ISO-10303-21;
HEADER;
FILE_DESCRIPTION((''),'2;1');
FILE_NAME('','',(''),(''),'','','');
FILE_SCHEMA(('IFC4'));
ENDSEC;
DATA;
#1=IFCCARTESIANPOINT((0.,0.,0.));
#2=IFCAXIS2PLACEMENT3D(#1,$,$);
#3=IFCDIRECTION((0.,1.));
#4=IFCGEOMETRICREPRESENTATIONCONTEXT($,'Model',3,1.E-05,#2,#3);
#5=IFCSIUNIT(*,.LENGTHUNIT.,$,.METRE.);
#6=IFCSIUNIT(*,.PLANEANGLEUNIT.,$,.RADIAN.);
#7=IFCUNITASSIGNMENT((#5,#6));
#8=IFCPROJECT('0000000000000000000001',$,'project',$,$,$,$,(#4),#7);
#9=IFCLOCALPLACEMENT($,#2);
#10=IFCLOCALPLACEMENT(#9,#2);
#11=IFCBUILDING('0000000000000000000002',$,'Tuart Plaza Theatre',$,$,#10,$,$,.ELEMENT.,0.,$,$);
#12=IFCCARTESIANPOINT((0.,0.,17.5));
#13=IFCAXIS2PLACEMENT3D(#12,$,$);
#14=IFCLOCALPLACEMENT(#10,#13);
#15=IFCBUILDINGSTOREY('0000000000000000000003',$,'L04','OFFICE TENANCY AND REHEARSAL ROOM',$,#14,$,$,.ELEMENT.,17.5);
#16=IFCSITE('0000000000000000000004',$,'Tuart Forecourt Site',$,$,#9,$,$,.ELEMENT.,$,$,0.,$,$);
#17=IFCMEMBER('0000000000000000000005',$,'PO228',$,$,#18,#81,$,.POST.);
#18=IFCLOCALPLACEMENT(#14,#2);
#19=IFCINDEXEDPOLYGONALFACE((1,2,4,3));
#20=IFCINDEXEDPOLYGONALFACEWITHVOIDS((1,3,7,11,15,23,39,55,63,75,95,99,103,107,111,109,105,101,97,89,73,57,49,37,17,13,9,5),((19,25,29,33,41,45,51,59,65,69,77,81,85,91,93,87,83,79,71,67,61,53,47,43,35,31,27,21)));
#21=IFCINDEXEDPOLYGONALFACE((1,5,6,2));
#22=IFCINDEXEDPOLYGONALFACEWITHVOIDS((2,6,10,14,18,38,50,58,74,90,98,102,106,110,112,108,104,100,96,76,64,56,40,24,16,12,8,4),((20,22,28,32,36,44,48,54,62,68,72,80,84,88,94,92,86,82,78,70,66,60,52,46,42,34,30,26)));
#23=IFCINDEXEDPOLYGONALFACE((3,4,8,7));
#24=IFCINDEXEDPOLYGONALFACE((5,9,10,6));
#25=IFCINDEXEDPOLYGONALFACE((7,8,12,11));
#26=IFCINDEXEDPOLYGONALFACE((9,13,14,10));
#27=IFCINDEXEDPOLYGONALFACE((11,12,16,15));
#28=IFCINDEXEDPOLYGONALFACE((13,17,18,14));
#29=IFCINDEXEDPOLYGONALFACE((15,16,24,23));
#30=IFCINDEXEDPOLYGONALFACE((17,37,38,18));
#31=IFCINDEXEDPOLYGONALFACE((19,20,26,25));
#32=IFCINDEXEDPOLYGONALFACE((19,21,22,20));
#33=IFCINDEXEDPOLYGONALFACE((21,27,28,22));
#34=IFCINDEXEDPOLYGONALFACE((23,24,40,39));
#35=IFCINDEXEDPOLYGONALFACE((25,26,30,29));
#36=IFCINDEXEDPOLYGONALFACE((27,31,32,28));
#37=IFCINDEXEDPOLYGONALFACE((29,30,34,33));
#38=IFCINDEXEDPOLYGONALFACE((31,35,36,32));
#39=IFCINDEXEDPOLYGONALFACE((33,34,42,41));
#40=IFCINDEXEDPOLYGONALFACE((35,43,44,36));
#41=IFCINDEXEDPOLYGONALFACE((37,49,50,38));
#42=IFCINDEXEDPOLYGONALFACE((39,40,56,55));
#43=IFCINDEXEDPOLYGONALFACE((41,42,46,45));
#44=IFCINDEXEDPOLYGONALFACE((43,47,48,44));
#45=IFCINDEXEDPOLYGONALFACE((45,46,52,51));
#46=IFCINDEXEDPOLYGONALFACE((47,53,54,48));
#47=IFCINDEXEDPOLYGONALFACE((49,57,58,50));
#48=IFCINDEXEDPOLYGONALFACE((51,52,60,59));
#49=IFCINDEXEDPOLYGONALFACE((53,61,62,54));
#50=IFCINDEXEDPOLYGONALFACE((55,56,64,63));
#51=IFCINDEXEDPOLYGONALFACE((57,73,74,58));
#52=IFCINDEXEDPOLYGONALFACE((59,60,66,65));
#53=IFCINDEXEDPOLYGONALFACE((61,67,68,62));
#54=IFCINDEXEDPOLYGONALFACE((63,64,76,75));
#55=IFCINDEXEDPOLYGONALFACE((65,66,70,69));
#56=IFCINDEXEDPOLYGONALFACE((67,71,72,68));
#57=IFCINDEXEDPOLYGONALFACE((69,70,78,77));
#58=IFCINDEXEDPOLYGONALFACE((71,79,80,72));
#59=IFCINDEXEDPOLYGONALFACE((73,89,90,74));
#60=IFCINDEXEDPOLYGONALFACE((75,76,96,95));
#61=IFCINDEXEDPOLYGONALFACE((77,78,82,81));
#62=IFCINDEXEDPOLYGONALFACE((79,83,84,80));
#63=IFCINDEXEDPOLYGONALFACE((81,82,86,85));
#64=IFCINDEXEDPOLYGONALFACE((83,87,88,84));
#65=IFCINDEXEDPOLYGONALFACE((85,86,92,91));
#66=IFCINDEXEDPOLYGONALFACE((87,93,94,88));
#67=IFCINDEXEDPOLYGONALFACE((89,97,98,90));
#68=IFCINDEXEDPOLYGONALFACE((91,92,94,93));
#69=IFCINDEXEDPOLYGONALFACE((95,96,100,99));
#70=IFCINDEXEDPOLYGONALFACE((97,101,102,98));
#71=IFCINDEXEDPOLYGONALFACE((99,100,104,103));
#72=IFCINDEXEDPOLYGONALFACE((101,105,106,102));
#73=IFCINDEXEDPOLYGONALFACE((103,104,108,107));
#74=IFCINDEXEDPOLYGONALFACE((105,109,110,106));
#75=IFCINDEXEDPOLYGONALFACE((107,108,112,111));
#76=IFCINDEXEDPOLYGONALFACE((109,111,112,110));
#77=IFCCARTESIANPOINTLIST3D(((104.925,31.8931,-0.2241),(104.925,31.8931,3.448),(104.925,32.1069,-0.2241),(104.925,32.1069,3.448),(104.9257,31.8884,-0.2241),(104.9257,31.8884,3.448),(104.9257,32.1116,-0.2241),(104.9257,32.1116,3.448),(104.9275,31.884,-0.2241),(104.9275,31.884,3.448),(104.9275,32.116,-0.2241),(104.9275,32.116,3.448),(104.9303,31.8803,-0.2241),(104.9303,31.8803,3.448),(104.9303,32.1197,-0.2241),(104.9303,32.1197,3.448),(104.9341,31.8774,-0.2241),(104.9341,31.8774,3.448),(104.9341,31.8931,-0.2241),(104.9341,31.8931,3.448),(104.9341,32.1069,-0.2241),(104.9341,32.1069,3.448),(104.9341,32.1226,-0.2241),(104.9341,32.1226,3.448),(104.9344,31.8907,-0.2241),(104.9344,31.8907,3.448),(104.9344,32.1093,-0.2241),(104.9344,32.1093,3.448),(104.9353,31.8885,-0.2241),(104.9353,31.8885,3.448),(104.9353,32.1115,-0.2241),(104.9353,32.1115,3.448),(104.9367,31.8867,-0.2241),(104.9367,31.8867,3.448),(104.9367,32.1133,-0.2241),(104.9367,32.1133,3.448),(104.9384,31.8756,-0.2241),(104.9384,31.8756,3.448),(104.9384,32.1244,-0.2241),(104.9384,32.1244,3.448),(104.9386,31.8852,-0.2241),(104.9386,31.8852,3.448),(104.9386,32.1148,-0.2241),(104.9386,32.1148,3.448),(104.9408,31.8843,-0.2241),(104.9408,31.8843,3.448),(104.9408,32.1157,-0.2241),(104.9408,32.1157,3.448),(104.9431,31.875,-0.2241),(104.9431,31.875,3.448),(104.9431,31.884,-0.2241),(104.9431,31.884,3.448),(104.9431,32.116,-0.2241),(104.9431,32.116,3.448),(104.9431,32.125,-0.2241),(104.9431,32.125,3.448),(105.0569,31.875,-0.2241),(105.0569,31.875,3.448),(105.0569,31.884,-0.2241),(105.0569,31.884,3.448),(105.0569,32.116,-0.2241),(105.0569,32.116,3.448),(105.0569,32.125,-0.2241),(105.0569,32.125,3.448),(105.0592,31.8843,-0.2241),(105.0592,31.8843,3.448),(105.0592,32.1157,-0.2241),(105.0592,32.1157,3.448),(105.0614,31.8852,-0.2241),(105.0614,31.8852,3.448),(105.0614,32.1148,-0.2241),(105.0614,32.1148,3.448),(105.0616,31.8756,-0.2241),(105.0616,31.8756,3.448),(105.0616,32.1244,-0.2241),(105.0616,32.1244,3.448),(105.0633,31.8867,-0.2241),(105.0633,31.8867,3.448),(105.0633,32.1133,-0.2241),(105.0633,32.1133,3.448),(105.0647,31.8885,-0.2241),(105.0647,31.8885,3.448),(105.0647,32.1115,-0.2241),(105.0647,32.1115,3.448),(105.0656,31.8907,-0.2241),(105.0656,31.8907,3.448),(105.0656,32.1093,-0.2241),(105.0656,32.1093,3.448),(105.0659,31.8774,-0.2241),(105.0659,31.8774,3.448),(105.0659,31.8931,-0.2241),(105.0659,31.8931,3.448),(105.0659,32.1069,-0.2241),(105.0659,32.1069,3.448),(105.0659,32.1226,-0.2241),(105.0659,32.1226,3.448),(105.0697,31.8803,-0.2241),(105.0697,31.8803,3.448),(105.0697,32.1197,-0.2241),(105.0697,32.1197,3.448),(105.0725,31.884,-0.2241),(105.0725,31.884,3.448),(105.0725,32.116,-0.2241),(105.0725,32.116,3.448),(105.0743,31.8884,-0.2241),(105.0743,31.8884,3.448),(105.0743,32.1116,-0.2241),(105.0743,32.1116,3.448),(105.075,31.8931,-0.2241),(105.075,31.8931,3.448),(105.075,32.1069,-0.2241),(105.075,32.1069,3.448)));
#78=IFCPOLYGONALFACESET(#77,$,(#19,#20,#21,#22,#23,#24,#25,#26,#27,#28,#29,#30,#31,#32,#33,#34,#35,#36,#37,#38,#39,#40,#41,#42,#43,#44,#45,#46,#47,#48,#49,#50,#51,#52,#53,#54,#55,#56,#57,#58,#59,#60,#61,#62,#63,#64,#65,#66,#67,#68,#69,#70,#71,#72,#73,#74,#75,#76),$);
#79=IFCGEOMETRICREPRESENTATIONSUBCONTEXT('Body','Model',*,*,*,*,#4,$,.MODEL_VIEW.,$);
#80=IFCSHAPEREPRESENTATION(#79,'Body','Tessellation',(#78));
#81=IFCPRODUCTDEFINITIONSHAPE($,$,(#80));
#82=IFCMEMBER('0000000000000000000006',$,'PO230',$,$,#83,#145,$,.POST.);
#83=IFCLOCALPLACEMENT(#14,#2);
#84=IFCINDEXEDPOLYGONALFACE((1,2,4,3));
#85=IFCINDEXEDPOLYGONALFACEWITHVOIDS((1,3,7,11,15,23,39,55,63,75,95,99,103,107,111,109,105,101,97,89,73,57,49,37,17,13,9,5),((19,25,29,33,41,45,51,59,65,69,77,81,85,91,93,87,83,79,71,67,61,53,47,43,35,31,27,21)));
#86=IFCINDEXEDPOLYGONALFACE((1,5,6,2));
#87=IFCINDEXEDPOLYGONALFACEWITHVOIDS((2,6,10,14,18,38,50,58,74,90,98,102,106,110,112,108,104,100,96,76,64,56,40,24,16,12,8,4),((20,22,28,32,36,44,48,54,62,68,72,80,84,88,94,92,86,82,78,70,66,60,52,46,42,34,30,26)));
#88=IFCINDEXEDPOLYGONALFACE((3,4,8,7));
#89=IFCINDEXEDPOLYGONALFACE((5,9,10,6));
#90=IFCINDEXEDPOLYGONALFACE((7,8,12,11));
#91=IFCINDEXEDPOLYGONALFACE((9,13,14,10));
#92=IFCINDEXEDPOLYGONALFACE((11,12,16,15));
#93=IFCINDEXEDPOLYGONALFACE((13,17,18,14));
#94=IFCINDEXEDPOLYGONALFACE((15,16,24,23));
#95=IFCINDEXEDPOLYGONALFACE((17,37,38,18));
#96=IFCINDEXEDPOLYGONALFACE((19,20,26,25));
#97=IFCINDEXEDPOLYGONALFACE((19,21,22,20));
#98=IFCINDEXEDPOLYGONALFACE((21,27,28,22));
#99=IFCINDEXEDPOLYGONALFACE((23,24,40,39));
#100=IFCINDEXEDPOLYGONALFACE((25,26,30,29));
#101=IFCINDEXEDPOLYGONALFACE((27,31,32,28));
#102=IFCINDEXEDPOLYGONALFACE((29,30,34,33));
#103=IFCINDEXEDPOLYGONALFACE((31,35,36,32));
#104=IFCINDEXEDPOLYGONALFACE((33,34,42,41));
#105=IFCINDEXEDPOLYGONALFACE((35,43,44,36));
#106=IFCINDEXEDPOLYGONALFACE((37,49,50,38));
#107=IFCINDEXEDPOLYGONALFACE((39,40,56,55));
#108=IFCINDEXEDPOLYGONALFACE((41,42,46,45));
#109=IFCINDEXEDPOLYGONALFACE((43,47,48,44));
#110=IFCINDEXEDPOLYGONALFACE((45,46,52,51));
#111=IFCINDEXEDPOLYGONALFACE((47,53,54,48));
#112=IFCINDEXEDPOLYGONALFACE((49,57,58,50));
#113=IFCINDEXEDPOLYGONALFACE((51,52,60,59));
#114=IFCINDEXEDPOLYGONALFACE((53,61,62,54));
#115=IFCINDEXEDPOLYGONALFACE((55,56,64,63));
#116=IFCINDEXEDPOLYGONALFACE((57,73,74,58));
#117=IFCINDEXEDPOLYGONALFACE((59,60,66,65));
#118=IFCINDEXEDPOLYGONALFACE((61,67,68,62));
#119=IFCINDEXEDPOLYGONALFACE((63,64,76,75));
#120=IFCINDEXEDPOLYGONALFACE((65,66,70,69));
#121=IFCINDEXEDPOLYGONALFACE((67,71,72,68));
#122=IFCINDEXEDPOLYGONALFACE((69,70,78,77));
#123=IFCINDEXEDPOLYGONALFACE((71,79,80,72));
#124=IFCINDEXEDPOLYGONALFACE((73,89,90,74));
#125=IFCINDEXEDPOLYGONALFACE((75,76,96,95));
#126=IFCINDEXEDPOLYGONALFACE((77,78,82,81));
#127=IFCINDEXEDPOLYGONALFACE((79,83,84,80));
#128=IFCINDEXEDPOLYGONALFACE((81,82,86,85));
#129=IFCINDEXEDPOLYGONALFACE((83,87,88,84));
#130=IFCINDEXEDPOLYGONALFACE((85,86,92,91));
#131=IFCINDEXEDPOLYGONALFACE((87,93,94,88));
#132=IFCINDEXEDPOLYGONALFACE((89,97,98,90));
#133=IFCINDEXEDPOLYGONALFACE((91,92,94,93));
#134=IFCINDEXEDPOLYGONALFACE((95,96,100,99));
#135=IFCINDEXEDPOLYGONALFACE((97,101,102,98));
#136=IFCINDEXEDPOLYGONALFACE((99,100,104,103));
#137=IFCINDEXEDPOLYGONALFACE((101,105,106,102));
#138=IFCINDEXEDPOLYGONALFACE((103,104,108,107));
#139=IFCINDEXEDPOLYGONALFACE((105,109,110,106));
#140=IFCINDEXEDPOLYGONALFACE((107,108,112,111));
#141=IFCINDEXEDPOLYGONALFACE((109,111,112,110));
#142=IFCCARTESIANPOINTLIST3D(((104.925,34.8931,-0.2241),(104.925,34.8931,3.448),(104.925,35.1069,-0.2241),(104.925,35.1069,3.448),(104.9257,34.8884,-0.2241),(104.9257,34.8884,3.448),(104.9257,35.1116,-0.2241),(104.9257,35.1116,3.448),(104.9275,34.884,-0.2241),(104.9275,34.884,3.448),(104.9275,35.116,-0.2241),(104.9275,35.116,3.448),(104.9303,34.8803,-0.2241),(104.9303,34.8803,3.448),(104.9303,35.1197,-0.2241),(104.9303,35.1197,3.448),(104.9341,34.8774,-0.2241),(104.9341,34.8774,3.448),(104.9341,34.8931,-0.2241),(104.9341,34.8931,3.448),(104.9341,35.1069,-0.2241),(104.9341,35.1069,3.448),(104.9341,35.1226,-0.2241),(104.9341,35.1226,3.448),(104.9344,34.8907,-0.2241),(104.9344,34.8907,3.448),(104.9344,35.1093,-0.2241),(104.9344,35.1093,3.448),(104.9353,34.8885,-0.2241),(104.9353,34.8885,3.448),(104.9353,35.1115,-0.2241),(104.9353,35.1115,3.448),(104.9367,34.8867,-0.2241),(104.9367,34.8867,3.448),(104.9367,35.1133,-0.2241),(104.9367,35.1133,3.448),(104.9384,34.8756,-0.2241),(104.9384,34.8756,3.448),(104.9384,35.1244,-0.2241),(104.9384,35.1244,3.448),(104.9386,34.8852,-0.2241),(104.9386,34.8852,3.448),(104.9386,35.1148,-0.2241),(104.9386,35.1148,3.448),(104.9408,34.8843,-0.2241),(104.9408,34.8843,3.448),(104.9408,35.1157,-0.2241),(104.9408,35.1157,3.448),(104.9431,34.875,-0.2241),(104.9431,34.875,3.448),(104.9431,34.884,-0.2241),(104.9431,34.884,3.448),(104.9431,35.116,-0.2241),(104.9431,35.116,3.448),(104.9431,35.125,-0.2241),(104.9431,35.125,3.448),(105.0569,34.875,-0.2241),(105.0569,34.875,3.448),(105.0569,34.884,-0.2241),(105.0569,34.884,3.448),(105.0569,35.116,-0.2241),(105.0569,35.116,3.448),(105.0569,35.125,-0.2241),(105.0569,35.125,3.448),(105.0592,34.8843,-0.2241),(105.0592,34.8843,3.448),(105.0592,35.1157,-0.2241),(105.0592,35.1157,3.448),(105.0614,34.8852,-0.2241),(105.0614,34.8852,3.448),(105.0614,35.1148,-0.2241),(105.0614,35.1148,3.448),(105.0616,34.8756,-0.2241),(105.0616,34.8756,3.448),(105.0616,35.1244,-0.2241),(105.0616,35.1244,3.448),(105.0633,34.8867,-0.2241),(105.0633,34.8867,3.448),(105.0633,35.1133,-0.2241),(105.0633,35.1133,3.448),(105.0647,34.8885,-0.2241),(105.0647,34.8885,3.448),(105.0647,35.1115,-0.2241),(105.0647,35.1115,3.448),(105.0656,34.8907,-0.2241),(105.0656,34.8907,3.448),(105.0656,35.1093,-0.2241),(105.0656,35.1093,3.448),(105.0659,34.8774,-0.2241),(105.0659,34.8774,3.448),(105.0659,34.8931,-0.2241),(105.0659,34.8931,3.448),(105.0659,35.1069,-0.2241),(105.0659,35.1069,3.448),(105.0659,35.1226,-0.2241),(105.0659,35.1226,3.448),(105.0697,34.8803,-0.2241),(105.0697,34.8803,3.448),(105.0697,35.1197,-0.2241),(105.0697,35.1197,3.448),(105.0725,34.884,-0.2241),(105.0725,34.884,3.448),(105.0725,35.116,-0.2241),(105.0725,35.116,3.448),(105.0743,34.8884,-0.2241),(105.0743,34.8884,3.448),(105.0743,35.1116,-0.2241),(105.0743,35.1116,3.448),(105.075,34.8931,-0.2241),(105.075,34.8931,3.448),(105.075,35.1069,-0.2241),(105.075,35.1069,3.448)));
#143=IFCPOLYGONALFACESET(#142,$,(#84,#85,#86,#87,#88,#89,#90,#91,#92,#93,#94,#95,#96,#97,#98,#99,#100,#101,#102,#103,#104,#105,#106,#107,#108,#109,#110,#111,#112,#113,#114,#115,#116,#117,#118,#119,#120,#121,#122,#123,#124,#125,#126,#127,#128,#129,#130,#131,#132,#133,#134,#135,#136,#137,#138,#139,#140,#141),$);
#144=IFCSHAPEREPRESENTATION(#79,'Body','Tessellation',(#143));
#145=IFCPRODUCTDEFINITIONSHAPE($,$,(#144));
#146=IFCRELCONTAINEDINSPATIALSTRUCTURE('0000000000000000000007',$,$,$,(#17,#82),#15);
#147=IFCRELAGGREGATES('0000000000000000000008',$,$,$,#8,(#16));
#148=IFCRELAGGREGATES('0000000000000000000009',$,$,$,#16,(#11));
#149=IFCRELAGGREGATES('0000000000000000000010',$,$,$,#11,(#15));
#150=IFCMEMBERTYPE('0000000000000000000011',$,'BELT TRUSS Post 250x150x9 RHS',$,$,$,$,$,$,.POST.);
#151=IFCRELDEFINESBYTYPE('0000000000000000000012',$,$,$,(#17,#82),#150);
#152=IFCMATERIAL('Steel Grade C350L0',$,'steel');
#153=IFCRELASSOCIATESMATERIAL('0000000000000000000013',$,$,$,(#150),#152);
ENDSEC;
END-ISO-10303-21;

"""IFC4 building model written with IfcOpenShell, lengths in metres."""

from ifc_helpers import new_model, si_unit, direction, frame, origin, origin_2d, place, context, subcontext, project, spatial, hollow_rectangle, extrude, material, material_profile, profile_set, type_object, element, save


model = new_model("IFC4")

# Units and contexts
model_context = context("Model", 3, precision=1e-05, world=origin(), true_north=direction((0.0, 1.0)))
body_context = subcontext(model_context, "Body", "Model", "MODEL_VIEW")
ifc_project = project(units=[si_unit("LENGTHUNIT", "METRE"), si_unit("PLANEANGLEUNIT", "RADIAN")], contexts=[model_context])

# Site, building, storey
site_placement = place(None, origin())
site = spatial("IfcSite", under=ifc_project, at=site_placement, Name="Tuart Forecourt Site", CompositionType="ELEMENT", RefElevation=0.0)
building_placement = place(site_placement, origin())
building = spatial("IfcBuilding", under=site, at=building_placement, Name="Tuart Plaza Theatre", CompositionType="ELEMENT", ElevationOfRefHeight=0.0)
storey_placement = place(building_placement, frame((0.0, 0.0, 17.5)))
storey = spatial("IfcBuildingStorey", under=building, at=storey_placement, Name="L04", Description="OFFICE TENANCY AND REHEARSAL ROOM", CompositionType="ELEMENT", Elevation=17.5)

# Members
ifc_material_1 = material(Name="Steel Grade C350L0", Category="steel")
ifc_material_profile_1 = material_profile(ifc_material_1, hollow_rectangle(XDim=0.1499, YDim=0.25, WallThickness=0.009, InnerFilletRadius=0.009, OuterFilletRadius=0.0181, at=origin_2d()), Name="250x150x9 RHS")
ifc_profile_set_1 = profile_set([ifc_material_profile_1], Name="Steel Grade C350L0")
member_type_1 = type_object("IfcMemberType", Name="BELT TRUSS Post 250x150x9 RHS", PredefinedType="POST", material=ifc_profile_set_1)
for number, where, z_axis, x_axis, name in (
    (1, (105.0, 32.0, -0.2241), (0.0, 0.0, 1.0), (1.0, 0.0, 0.0), "PO228"),
    (2, (105.0, 35.0, -0.2241), (0.0, 0.0, 1.0), (1.0, 0.0, 0.0), "PO230"),
):
    element("IfcMember", number, at=place(storey_placement, frame(where, z_axis=z_axis, x_axis=x_axis)), inside=storey, type_object=member_type_1, Name=name, PredefinedType="POST", context=body_context, shape_type="SweptSolid", body=[
        extrude(hollow_rectangle(XDim=0.1499, YDim=0.25, WallThickness=0.009, InnerFilletRadius=0.009, OuterFilletRadius=0.0181, at=origin_2d()), origin(), (0.0, 0.0, 1.0), 3.6721),
    ])

save(model, "model.ifc")
